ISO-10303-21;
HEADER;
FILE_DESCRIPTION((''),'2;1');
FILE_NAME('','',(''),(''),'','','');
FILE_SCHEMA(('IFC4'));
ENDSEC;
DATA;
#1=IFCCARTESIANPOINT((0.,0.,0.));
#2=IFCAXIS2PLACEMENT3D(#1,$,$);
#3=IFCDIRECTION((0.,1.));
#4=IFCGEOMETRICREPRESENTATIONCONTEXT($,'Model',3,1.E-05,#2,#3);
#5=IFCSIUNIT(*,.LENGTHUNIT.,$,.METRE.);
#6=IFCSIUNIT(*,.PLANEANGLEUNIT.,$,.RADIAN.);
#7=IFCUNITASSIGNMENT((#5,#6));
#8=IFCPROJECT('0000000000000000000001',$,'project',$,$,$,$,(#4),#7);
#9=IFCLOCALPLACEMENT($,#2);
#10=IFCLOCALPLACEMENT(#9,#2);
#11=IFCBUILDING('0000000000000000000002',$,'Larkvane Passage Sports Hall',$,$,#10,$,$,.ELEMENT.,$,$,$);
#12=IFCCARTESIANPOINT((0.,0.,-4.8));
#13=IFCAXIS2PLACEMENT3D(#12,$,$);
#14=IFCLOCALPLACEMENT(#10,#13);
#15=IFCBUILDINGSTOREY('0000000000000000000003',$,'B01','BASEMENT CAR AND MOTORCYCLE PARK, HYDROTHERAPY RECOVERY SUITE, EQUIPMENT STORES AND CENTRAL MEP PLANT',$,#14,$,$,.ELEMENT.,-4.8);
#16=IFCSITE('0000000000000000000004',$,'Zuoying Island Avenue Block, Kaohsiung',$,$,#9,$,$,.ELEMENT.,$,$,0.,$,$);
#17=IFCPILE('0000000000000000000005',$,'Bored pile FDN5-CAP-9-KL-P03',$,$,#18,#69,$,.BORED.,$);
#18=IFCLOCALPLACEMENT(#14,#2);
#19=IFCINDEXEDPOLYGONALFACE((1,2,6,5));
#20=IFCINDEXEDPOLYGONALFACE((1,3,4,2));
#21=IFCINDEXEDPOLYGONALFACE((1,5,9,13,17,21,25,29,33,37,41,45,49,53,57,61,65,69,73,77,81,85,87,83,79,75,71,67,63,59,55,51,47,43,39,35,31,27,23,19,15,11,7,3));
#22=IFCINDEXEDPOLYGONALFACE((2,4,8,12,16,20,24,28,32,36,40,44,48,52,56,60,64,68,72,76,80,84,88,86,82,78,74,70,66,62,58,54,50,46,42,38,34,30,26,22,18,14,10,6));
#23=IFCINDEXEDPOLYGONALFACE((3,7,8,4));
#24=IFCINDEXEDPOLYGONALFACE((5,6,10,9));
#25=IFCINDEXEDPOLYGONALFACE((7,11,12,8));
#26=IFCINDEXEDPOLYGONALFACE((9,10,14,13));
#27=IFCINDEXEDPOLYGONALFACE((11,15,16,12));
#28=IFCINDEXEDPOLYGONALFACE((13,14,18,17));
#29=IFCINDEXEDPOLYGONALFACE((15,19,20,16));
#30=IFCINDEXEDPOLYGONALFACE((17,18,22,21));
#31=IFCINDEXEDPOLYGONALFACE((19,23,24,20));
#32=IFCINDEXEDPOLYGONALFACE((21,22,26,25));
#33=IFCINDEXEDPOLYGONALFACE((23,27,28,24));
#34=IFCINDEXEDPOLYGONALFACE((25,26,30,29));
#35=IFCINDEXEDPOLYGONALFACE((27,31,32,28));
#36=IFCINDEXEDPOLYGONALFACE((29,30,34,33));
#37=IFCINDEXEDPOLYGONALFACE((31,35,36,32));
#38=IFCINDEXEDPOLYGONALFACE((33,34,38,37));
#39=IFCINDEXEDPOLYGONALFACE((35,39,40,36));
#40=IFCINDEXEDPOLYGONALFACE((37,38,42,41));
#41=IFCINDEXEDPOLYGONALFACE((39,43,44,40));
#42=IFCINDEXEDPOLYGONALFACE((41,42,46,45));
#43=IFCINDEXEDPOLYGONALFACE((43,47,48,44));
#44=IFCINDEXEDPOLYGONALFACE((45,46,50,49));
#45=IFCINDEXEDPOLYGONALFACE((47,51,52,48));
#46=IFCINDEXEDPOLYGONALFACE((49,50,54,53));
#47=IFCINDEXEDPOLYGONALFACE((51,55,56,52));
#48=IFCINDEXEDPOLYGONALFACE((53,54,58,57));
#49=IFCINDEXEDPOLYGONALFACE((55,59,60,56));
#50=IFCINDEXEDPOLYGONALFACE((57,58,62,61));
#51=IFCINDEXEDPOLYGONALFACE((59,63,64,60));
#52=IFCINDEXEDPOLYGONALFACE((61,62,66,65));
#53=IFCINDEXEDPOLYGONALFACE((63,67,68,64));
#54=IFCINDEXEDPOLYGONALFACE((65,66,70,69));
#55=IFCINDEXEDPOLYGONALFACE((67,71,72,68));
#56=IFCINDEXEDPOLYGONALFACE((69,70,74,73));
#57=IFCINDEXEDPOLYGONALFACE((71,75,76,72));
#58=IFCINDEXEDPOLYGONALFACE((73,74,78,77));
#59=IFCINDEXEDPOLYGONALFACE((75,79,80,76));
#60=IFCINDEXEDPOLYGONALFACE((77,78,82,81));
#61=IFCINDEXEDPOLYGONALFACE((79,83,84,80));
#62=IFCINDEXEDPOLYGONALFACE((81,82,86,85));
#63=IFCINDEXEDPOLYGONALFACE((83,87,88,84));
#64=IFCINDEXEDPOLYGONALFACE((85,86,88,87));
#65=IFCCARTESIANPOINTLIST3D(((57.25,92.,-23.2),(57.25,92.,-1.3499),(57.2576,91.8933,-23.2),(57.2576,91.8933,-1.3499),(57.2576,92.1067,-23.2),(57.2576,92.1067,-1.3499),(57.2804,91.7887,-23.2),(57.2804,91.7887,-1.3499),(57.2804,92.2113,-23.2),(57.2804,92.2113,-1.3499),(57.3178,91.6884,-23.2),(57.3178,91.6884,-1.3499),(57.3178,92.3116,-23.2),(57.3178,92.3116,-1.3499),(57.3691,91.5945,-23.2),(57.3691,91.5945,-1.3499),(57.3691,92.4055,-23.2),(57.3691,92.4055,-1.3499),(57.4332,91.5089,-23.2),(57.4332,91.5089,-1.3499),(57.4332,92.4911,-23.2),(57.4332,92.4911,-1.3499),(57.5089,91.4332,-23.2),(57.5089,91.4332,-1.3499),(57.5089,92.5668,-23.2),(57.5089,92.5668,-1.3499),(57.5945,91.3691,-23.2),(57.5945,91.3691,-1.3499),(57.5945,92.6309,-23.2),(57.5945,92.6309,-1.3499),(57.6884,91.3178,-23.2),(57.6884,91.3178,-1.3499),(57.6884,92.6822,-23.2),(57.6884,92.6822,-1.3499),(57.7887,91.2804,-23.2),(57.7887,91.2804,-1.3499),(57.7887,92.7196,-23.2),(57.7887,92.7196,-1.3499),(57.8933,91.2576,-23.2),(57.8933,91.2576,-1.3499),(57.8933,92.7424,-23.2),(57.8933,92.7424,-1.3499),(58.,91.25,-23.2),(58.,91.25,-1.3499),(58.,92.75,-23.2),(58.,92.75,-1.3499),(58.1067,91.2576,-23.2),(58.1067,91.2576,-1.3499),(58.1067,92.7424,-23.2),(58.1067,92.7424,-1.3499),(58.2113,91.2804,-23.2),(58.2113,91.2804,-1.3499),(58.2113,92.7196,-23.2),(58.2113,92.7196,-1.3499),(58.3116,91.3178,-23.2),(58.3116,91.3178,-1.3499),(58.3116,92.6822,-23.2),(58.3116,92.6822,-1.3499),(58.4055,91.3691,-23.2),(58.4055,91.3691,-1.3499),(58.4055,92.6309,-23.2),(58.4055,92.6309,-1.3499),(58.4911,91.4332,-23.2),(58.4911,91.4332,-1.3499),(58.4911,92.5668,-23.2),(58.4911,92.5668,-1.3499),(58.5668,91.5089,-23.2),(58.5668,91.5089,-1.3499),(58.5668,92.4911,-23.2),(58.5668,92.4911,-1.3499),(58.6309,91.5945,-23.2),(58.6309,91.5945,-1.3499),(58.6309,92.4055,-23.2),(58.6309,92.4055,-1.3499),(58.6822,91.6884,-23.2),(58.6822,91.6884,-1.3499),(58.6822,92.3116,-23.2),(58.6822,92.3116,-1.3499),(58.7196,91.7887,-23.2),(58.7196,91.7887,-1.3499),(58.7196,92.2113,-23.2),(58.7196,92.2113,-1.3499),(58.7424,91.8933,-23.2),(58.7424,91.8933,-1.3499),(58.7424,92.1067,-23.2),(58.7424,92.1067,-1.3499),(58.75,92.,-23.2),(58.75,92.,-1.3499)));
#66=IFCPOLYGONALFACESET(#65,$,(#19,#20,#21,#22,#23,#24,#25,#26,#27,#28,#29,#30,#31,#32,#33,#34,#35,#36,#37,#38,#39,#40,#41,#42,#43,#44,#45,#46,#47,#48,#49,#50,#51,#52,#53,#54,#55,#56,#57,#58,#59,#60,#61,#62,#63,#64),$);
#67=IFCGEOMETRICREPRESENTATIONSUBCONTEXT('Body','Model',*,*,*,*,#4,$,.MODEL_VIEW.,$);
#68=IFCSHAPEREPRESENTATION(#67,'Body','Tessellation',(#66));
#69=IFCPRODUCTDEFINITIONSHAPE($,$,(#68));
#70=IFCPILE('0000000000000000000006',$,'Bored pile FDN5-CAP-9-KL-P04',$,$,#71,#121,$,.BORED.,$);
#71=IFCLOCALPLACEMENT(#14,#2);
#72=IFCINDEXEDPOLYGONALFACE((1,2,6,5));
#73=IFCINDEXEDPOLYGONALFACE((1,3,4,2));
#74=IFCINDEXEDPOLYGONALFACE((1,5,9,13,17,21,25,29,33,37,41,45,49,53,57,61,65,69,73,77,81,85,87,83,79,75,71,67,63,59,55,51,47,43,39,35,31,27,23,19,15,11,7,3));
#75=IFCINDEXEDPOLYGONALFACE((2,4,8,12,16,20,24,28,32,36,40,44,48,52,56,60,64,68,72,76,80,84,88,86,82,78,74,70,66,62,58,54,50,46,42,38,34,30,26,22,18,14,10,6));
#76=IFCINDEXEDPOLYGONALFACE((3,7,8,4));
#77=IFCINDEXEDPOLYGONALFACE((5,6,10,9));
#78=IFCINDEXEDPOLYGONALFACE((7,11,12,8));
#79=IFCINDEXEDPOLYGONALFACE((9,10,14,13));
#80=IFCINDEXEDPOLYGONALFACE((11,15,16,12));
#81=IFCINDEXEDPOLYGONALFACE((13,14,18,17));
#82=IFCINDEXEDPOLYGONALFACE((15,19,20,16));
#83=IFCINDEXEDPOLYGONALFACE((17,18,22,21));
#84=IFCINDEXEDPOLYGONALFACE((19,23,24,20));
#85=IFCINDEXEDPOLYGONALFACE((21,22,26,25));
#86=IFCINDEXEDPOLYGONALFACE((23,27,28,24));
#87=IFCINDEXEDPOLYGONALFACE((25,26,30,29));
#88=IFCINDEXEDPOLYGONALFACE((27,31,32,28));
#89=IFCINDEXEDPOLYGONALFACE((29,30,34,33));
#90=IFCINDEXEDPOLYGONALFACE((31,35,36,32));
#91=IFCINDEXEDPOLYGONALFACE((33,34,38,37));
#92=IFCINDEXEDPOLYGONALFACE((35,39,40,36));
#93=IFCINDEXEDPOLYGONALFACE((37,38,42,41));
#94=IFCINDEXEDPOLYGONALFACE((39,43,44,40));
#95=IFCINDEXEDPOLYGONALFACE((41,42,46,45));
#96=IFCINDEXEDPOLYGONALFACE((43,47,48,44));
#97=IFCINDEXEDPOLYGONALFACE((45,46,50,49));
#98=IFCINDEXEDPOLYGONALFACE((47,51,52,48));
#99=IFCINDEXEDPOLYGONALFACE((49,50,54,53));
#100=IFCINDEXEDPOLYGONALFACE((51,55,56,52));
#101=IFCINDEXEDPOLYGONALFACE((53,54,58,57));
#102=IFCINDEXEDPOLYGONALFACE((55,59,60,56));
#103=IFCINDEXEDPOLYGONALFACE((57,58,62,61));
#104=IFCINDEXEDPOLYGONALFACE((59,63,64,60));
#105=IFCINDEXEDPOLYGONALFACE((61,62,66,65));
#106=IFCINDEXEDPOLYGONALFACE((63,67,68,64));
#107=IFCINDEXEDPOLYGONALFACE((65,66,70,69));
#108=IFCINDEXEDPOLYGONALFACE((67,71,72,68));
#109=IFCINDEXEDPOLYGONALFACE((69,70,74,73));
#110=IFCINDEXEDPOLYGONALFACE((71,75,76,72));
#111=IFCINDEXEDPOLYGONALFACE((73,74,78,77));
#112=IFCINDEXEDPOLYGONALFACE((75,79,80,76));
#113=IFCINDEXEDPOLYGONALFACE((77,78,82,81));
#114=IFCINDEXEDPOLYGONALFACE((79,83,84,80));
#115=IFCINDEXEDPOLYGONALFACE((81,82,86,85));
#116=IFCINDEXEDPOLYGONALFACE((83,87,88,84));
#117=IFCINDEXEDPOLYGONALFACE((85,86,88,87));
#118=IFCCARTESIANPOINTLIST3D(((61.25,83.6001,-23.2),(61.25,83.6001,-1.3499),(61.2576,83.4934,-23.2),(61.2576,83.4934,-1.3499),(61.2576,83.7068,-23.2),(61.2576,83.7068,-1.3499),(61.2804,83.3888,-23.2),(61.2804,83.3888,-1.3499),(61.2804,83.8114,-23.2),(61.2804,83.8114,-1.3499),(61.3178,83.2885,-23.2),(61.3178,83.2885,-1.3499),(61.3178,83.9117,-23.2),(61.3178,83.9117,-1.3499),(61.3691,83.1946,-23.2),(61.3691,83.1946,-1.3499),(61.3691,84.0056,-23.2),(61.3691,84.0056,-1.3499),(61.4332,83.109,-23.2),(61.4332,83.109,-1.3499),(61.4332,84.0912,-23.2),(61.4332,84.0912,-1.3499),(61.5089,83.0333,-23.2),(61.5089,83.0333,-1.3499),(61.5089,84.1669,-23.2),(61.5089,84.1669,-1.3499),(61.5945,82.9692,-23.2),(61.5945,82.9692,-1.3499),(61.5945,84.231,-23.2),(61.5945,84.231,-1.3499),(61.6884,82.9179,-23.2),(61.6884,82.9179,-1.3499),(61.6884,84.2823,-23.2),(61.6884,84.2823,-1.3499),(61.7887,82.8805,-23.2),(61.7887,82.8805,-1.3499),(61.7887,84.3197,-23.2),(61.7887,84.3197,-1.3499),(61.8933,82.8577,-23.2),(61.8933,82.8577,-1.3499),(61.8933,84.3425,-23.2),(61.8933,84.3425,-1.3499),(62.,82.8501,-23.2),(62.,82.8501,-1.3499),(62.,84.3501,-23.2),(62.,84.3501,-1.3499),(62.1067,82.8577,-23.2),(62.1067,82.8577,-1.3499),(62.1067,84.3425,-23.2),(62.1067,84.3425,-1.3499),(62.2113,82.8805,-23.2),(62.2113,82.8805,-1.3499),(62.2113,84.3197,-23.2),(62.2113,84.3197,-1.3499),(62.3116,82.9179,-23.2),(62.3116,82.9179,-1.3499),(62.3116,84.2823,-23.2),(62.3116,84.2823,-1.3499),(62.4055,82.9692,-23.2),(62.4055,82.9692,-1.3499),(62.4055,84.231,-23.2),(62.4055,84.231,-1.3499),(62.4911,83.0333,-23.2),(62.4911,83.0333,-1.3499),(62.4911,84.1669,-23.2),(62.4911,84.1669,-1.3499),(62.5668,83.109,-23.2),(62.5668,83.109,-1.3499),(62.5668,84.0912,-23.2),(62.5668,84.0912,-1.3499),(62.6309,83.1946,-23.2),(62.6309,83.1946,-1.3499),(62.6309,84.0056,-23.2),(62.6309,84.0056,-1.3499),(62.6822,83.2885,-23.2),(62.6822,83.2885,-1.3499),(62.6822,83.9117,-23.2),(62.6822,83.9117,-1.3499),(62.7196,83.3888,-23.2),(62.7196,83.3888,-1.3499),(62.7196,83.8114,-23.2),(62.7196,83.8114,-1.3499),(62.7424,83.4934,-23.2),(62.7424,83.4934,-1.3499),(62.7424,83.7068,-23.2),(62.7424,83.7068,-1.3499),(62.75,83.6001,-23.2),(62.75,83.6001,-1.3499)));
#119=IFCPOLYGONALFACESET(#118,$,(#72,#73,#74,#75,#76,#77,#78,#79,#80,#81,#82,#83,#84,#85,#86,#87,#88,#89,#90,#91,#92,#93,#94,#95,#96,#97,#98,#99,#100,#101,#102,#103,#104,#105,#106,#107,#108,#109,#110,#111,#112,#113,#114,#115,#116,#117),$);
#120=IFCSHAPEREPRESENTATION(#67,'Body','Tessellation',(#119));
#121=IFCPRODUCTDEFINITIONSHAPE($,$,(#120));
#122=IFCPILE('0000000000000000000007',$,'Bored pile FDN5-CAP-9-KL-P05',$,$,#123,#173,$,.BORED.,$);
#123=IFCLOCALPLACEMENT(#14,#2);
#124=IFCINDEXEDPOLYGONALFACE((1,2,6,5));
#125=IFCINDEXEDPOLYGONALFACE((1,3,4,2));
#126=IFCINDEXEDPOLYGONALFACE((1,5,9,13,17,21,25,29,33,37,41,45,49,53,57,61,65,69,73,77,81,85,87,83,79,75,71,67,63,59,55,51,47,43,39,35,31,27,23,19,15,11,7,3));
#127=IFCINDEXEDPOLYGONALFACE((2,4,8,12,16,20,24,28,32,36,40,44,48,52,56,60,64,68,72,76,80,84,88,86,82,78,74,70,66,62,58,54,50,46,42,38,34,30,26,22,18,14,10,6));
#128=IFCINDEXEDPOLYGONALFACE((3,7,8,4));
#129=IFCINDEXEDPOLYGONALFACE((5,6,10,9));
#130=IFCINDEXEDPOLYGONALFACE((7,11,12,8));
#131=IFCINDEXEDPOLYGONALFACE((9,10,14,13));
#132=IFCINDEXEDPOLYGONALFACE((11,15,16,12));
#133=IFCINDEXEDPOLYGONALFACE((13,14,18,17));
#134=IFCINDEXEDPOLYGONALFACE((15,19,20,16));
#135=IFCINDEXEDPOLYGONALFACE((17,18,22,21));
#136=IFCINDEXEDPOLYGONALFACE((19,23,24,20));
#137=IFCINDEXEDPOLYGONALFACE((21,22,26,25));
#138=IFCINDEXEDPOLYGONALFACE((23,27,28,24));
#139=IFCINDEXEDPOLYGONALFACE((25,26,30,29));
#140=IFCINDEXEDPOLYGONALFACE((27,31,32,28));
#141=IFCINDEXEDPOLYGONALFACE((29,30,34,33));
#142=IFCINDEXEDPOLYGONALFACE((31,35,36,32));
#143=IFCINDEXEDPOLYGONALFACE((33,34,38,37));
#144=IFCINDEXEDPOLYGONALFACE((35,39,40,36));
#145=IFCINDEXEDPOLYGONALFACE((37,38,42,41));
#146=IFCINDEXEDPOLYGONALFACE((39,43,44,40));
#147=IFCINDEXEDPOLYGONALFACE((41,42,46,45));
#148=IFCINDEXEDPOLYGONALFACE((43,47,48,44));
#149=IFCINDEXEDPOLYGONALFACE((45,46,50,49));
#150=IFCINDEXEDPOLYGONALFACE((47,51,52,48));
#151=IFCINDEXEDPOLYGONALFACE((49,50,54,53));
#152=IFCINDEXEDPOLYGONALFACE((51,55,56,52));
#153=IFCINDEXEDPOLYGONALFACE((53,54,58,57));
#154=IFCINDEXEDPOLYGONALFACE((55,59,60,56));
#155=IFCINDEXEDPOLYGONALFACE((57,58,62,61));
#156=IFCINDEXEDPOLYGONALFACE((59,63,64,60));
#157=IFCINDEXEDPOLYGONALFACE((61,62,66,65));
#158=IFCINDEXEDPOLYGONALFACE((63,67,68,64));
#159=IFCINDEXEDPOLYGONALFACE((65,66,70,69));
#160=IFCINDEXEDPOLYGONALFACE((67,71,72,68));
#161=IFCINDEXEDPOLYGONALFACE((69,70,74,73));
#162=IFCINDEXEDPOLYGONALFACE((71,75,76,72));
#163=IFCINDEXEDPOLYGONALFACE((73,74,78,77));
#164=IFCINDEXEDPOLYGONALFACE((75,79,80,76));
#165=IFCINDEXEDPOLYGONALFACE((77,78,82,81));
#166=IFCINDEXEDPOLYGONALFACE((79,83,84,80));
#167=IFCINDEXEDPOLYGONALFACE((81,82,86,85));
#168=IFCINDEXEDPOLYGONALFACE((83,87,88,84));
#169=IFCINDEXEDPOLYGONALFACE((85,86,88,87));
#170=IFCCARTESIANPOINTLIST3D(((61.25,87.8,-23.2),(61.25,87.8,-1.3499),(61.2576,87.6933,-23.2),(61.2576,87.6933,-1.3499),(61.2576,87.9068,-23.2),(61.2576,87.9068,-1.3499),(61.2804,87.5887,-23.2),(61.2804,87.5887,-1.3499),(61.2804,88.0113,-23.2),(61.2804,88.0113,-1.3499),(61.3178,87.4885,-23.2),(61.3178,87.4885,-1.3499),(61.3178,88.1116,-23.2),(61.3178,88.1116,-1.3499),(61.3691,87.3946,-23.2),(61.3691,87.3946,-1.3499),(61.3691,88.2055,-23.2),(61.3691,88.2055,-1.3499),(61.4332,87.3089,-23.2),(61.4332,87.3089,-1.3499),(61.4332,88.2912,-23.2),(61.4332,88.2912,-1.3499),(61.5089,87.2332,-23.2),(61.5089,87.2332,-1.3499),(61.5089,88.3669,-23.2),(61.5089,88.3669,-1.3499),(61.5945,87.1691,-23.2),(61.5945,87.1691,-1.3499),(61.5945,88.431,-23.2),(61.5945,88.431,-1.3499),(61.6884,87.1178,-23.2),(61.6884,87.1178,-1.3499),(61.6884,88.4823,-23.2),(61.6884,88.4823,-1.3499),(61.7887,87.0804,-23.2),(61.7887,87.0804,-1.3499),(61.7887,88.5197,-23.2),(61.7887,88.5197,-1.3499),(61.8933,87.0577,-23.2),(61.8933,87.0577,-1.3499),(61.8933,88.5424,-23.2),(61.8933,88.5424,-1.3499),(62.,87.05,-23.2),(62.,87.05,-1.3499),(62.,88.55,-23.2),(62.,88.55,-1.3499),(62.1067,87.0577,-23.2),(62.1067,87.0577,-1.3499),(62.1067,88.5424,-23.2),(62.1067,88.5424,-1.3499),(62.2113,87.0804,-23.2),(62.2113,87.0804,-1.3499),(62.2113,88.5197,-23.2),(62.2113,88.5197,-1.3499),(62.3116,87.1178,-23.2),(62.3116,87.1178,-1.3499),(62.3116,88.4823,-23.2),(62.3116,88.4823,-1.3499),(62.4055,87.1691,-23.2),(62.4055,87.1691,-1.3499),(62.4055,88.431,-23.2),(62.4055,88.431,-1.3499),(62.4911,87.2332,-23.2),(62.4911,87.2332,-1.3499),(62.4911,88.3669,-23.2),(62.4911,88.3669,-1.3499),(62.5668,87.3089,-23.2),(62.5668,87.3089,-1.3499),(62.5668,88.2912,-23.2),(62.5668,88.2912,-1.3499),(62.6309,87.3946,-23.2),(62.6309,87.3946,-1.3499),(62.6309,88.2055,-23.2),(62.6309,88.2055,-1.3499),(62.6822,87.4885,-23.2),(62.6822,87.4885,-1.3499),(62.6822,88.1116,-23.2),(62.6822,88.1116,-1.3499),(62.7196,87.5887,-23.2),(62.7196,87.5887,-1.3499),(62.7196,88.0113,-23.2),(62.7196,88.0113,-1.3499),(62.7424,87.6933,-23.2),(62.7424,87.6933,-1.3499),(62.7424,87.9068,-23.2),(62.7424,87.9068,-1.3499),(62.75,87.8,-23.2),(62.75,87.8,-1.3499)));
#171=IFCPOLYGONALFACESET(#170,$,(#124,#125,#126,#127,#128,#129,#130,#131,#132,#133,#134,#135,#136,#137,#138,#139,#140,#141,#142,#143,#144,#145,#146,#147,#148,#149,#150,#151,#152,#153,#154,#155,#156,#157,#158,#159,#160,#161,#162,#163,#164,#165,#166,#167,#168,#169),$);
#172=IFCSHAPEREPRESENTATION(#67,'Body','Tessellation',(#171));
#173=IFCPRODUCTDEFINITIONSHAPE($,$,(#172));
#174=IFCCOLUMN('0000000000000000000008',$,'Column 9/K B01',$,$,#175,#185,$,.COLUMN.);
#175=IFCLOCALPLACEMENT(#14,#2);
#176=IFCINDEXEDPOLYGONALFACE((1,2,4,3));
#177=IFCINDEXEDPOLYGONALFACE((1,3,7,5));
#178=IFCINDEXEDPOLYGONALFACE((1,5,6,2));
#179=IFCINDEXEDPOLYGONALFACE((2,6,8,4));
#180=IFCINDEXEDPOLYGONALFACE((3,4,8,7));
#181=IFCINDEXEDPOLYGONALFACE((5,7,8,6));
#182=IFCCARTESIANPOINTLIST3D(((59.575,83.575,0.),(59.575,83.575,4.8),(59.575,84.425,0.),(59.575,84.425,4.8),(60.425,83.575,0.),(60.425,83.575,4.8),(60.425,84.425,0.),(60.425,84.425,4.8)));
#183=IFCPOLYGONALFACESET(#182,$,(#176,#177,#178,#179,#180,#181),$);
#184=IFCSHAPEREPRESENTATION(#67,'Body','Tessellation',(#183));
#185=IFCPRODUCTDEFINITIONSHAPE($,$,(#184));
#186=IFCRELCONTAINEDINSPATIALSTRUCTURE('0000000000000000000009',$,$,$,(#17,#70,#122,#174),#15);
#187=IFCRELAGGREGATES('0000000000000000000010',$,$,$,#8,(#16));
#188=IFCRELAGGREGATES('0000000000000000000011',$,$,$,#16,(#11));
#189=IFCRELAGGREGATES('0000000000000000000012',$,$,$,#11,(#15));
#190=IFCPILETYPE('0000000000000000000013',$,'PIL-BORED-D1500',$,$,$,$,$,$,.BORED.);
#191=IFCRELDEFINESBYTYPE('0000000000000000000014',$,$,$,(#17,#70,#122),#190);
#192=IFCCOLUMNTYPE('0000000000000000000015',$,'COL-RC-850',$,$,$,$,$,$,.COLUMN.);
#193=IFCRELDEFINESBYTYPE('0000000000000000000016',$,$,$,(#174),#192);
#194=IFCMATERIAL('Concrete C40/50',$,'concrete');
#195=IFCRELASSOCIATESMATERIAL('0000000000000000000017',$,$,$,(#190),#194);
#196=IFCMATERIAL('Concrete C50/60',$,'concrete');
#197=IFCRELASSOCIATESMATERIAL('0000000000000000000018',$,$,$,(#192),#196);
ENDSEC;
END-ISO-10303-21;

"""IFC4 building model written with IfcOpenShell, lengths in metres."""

from ifc_helpers import new_model, si_unit, direction, frame, origin, origin_2d, place, context, subcontext, project, spatial, rectangle, circle, extrude, material, material_profile, profile_set, type_object, element, save


model = new_model("IFC4")

# Units and contexts
model_context = context("Model", 3, precision=1e-05, world=origin(), true_north=direction((0.0, 1.0)))
body_context = subcontext(model_context, "Body", "Model", "MODEL_VIEW")
ifc_project = project(units=[si_unit("LENGTHUNIT", "METRE"), si_unit("PLANEANGLEUNIT", "RADIAN")], contexts=[model_context])

# Site, building, storey
site_placement = place(None, origin())
site = spatial("IfcSite", under=ifc_project, at=site_placement, Name="Zuoying Island Avenue Block, Kaohsiung", CompositionType="ELEMENT", RefElevation=0.0)
building_placement = place(site_placement, origin())
building = spatial("IfcBuilding", under=site, at=building_placement, Name="Larkvane Passage Sports Hall", CompositionType="ELEMENT")
storey_placement = place(building_placement, frame((0.0, 0.0, -4.8)))
storey = spatial("IfcBuildingStorey", under=building, at=storey_placement, Name="B01", Description="BASEMENT CAR AND MOTORCYCLE PARK, HYDROTHERAPY RECOVERY SUITE, EQUIPMENT STORES AND CENTRAL MEP PLANT", CompositionType="ELEMENT", Elevation=-4.8)

# Shared definitions
ifc_material_1 = material(Name="Concrete C40/50", Category="concrete")

# Piles
ifc_material_profile_1 = material_profile(ifc_material_1, circle(Radius=0.75, at=origin_2d()), Name="PILE-D1500")
ifc_profile_set_1 = profile_set([ifc_material_profile_1], Name="Concrete C40/50")
pile_type_1 = type_object("IfcPileType", Name="PIL-BORED-D1500", PredefinedType="BORED", material=ifc_profile_set_1)
for number, where, z_axis, x_axis, name in (
    (1, (58.0, 92.0, -1.3499), (0.0, 0.0, -1.0), (1.0, 0.0, 0.0), "Bored pile FDN5-CAP-9-KL-P03"),
    (2, (62.0, 83.6001, -1.3499), (0.0, 0.0, -1.0), (1.0, 0.0, 0.0), "Bored pile FDN5-CAP-9-KL-P04"),
    (3, (62.0, 87.8, -1.3499), (0.0, 0.0, -1.0), (1.0, 0.0, 0.0), "Bored pile FDN5-CAP-9-KL-P05"),
):
    element("IfcPile", number, at=place(storey_placement, frame(where, z_axis=z_axis, x_axis=x_axis)), inside=storey, type_object=pile_type_1, Name=name, PredefinedType="BORED", context=body_context, shape_type="SweptSolid", body=[
        extrude(circle(Radius=0.75, at=origin_2d()), origin(), (0.0, 0.0, 1.0), 21.8501),
    ])

# Column
ifc_material_2 = material(Name="Concrete C50/60", Category="concrete")
ifc_material_profile_2 = material_profile(ifc_material_2, rectangle(XDim=0.8501, YDim=0.8501, at=origin_2d()), Name="RC-COL-850x850")
ifc_profile_set_2 = profile_set([ifc_material_profile_2], Name="Concrete C50/60")
column_type_1 = type_object("IfcColumnType", Name="COL-RC-850", PredefinedType="COLUMN", material=ifc_profile_set_2)
column_1_placement = place(storey_placement, frame((60.0, 84.0, 0.0), z_axis=(0.0, 0.0, 1.0), x_axis=(1.0, 0.0, 0.0)))
element("IfcColumn", 4, at=column_1_placement, inside=storey, type_object=column_type_1, Name="Column 9/K B01", PredefinedType="COLUMN", context=body_context, shape_type="SweptSolid", body=[
    extrude(rectangle(XDim=0.8501, YDim=0.8501, at=origin_2d()), origin(), (0.0, 0.0, 1.0), 4.8),
])

save(model, "model.ifc")
